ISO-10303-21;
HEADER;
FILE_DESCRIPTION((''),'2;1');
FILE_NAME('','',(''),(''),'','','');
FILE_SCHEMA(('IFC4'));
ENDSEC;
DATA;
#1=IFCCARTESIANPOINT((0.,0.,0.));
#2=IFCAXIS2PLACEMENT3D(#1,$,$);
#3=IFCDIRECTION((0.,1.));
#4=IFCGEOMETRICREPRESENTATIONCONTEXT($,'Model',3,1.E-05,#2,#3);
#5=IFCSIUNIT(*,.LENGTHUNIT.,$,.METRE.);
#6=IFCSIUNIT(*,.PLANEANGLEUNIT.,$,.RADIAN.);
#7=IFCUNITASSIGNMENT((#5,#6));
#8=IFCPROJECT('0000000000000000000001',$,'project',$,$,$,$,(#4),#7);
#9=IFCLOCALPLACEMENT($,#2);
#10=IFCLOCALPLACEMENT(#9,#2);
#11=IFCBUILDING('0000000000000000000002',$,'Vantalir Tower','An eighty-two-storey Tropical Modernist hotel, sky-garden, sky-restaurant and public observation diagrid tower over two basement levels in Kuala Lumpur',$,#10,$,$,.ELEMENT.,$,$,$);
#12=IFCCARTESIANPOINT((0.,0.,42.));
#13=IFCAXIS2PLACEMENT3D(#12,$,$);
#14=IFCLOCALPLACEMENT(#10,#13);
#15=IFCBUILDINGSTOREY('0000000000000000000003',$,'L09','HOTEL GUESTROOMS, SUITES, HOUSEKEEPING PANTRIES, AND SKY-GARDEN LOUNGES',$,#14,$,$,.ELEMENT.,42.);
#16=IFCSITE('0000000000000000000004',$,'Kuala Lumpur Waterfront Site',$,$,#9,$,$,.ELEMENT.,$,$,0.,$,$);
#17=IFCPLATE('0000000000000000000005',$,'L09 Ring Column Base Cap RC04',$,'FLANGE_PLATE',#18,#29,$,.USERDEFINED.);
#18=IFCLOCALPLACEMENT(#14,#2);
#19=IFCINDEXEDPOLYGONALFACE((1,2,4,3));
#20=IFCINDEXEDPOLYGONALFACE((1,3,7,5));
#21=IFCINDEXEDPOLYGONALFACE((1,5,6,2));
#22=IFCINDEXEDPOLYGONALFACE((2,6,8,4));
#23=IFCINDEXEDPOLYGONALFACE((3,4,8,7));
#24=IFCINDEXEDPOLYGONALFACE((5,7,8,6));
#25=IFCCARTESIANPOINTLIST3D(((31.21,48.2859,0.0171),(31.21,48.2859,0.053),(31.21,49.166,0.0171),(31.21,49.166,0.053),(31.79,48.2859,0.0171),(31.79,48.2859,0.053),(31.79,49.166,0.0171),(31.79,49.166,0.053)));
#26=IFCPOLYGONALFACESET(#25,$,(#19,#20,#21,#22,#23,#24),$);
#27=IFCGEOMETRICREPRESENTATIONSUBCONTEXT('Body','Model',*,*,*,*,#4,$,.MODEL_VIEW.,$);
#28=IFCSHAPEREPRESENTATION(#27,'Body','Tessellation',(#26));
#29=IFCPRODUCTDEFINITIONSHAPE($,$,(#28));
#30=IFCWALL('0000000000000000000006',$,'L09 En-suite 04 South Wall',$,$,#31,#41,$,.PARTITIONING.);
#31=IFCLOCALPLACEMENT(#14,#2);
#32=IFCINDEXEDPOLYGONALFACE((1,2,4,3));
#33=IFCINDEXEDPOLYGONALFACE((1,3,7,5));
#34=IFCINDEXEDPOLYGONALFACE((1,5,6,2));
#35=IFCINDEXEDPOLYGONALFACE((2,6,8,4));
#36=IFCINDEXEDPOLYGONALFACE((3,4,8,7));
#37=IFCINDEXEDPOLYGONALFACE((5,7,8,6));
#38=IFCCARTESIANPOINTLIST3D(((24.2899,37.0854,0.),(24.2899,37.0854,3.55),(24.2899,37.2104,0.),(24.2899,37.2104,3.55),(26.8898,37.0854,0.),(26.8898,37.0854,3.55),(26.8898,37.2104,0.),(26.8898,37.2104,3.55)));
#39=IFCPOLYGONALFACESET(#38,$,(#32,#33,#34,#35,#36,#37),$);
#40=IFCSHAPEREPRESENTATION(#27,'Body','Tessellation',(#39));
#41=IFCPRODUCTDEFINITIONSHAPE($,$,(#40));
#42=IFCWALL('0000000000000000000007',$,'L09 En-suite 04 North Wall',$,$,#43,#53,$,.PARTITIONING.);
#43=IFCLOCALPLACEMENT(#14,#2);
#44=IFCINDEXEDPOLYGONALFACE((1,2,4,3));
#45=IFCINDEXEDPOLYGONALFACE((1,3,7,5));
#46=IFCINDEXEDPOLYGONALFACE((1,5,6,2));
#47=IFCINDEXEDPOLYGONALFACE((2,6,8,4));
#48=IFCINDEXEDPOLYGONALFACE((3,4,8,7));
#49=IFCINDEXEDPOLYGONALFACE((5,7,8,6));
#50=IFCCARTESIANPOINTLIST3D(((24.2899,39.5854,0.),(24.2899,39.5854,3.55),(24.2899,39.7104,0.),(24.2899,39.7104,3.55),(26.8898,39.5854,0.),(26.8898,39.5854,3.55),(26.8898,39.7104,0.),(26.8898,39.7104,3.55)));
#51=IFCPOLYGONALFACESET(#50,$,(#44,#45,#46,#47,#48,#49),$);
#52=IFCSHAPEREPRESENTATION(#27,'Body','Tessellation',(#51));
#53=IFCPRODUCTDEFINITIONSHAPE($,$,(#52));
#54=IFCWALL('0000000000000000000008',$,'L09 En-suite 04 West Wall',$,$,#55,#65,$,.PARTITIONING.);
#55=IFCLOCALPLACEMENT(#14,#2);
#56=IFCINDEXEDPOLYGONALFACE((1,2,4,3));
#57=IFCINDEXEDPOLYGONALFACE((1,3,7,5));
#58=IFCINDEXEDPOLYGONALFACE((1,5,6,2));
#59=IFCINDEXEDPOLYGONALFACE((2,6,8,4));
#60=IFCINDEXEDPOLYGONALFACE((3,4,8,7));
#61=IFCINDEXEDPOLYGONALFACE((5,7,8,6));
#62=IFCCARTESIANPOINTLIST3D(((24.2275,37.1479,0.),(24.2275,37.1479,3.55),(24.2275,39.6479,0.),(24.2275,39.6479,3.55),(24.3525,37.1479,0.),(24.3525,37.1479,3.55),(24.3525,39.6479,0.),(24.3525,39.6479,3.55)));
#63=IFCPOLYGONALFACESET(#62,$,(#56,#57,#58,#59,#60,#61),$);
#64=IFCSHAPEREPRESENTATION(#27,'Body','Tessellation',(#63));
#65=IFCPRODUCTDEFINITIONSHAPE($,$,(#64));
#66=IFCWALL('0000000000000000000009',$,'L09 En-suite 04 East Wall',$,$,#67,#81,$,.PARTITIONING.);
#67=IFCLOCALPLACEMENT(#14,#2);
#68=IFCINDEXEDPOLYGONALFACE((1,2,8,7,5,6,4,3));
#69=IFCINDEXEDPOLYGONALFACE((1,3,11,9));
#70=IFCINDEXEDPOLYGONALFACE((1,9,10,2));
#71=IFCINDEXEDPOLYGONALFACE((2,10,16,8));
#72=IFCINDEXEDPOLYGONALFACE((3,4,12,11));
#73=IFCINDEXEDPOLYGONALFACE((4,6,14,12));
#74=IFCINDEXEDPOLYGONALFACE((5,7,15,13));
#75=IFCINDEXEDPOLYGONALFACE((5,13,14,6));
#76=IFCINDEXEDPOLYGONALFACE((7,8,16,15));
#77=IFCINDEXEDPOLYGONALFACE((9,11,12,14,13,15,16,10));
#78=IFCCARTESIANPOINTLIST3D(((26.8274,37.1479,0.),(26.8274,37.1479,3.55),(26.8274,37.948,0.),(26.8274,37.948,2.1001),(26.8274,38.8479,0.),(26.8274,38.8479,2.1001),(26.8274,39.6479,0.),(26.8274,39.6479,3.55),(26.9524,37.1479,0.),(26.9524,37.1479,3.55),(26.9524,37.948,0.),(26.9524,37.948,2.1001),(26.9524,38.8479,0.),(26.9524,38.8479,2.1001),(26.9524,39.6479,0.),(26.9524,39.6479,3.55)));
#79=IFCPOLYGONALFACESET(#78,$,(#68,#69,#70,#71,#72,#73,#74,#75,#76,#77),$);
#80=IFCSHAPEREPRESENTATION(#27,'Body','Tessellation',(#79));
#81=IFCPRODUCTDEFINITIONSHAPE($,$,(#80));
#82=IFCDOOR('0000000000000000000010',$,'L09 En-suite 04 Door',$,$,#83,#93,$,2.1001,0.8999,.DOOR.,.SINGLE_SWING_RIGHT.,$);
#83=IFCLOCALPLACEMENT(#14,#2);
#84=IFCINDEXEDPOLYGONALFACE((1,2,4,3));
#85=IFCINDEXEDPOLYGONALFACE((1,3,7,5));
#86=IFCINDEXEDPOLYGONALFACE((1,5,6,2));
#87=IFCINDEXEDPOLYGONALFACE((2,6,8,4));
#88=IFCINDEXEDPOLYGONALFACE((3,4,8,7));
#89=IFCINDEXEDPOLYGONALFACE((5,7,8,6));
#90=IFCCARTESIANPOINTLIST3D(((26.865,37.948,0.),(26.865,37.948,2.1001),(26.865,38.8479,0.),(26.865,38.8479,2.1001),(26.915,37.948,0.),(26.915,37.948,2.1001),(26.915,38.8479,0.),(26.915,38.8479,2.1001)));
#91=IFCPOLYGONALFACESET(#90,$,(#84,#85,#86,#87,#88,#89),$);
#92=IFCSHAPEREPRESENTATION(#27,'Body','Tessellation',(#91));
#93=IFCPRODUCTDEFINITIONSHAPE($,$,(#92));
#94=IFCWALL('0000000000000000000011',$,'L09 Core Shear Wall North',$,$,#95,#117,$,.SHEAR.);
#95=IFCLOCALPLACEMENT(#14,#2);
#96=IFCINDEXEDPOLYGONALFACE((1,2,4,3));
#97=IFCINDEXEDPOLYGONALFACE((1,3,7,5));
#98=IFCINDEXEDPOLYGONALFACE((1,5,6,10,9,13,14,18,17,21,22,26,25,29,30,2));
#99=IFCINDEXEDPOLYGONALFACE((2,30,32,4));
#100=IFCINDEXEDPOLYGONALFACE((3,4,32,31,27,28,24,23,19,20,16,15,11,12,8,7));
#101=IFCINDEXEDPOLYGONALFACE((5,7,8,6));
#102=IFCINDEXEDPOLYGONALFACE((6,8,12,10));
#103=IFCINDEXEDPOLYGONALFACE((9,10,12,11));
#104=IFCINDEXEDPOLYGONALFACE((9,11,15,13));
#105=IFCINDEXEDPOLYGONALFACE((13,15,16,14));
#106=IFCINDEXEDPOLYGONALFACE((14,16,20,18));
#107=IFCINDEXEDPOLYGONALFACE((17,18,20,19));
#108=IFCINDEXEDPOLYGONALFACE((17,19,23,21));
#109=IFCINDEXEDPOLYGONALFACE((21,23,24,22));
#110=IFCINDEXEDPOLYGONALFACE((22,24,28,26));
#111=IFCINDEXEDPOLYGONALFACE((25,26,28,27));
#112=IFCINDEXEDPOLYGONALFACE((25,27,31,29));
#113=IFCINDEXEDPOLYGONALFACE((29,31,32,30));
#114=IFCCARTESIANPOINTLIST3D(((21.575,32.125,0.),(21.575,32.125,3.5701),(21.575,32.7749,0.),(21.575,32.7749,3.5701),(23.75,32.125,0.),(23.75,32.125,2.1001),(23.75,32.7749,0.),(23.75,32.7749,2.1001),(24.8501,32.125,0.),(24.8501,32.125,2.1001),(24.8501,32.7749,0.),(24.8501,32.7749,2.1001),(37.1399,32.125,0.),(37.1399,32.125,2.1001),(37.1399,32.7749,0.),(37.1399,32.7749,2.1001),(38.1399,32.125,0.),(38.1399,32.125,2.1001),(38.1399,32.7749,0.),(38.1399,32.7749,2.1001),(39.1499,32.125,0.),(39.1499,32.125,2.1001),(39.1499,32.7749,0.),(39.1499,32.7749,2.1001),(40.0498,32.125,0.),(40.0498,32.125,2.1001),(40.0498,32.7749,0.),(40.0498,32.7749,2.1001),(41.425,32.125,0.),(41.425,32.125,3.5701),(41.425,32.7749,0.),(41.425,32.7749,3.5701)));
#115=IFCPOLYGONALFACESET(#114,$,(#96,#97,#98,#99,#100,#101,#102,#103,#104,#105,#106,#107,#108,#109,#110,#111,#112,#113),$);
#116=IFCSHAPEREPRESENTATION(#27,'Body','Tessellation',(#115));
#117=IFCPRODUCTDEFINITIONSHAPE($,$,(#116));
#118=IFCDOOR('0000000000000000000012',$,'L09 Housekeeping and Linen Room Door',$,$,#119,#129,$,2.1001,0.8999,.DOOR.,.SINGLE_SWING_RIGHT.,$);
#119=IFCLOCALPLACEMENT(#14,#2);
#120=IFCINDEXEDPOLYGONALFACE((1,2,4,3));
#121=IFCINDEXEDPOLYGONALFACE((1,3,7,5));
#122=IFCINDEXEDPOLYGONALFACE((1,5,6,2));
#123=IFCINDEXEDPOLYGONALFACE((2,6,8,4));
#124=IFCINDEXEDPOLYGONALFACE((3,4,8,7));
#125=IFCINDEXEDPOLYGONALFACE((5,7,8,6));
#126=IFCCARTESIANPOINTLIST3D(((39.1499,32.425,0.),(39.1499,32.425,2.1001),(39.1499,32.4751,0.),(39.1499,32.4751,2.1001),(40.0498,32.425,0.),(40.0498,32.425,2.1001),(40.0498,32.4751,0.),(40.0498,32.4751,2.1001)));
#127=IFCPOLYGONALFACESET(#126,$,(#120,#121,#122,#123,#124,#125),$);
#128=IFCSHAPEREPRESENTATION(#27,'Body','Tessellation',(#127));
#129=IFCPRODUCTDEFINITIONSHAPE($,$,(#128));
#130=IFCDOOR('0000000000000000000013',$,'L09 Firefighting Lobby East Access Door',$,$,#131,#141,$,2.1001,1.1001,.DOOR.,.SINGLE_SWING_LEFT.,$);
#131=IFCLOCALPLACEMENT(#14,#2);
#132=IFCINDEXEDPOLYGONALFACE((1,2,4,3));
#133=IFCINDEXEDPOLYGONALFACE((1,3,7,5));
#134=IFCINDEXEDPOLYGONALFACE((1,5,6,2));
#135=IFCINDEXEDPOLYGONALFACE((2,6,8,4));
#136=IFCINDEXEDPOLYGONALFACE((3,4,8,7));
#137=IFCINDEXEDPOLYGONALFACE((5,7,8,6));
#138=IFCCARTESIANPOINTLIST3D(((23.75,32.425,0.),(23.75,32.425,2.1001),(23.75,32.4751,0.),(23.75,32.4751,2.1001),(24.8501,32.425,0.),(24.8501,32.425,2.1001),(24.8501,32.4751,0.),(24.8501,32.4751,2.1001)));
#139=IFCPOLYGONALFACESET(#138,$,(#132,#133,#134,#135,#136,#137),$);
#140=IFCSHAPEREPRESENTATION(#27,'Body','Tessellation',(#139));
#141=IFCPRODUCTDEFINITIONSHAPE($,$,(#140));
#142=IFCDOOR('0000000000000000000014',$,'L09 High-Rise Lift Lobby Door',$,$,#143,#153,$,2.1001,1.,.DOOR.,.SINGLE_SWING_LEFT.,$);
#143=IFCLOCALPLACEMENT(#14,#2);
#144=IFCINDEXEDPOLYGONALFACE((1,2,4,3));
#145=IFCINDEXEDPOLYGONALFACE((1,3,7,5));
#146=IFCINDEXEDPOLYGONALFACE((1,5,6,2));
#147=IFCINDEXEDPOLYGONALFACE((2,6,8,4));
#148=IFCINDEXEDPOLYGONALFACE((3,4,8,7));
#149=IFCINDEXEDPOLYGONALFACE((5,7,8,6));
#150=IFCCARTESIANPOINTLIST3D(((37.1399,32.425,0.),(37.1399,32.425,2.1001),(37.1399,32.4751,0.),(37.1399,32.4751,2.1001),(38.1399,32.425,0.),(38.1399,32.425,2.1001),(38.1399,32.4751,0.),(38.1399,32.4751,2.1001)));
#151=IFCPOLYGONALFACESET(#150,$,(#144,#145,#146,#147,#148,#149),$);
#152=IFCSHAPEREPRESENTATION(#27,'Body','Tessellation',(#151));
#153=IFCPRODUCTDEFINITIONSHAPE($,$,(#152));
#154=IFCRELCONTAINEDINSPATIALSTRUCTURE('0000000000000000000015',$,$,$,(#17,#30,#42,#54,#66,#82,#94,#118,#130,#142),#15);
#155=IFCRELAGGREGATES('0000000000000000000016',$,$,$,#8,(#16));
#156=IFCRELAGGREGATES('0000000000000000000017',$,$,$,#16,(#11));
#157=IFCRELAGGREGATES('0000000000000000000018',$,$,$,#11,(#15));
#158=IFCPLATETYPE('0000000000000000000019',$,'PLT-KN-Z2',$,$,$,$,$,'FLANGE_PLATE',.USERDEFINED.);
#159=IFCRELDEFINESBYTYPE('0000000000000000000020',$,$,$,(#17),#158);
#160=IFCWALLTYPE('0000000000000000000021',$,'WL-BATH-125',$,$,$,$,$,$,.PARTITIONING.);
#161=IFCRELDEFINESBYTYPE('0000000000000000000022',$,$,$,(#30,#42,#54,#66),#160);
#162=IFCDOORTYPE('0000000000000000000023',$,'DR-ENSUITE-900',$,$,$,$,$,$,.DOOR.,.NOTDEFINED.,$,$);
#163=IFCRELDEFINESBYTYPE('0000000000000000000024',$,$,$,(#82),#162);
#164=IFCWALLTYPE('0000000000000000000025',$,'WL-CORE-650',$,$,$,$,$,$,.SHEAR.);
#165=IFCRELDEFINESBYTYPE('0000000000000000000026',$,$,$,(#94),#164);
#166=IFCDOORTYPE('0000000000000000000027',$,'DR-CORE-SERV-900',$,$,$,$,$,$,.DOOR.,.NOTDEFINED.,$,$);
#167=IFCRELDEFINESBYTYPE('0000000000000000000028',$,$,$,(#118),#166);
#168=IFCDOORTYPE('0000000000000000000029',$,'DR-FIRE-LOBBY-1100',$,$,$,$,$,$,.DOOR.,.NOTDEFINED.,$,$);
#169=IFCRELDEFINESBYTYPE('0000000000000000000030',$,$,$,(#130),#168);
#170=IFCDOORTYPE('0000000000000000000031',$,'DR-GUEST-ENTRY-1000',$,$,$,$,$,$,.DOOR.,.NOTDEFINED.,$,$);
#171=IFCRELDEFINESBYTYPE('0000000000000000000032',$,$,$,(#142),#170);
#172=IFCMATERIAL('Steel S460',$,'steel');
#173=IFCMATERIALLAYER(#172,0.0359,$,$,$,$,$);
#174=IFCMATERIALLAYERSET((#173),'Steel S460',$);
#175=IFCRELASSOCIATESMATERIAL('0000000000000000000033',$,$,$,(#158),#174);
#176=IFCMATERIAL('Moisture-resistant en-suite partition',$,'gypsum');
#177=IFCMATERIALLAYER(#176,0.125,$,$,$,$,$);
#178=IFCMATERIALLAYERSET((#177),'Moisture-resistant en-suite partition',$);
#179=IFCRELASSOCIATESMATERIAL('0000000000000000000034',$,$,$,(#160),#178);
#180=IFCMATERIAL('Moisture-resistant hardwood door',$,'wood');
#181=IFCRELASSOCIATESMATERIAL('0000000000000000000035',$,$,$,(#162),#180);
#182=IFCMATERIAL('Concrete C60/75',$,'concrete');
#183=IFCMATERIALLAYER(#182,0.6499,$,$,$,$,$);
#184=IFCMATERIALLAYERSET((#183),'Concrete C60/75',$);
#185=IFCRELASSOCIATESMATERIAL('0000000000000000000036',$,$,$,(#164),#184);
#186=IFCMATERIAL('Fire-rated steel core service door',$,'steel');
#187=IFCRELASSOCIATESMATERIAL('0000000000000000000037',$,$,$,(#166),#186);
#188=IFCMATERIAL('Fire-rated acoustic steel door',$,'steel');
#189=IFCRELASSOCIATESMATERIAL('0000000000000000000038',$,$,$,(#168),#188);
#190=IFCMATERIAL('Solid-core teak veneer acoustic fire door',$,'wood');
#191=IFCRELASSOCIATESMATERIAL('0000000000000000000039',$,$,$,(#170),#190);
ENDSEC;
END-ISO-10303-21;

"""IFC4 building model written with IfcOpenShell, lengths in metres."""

from ifc_helpers import new_model, si_unit, direction, frame, frame_2d, origin, place, context, subcontext, project, spatial, polyline, rectangle, outline, extrude, material, layer, layer_set, type_object, element, fill, save


model = new_model("IFC4")

# Units and contexts
model_context = context("Model", 3, precision=1e-05, world=origin(), true_north=direction((0.0, 1.0)))
body_context = subcontext(model_context, "Body", "Model", "MODEL_VIEW")
ifc_project = project(units=[si_unit("LENGTHUNIT", "METRE"), si_unit("PLANEANGLEUNIT", "RADIAN")], contexts=[model_context])

# Site, building, storey
site_placement = place(None, origin())
site = spatial("IfcSite", under=ifc_project, at=site_placement, Name="Kuala Lumpur Waterfront Site", CompositionType="ELEMENT", RefElevation=0.0)
building_placement = place(site_placement, origin())
building = spatial("IfcBuilding", under=site, at=building_placement, Name="Vantalir Tower", Description="An eighty-two-storey Tropical Modernist hotel, sky-garden, sky-restaurant and public observation diagrid tower over two basement levels in Kuala Lumpur", CompositionType="ELEMENT")
storey_placement = place(building_placement, frame((0.0, 0.0, 42.0)))
storey = spatial("IfcBuildingStorey", under=building, at=storey_placement, Name="L09", Description="HOTEL GUESTROOMS, SUITES, HOUSEKEEPING PANTRIES, AND SKY-GARDEN LOUNGES", CompositionType="ELEMENT", Elevation=42.0)

# Shared definitions
ifc_material_1 = material(Name="Concrete C60/75", Category="concrete")
ifc_material_2 = material(Name="Steel S460", Category="steel")

# Plate
ifc_layer_1 = layer(ifc_material_2, 0.0359)
ifc_layer_set_1 = layer_set([ifc_layer_1], Name="Steel S460")
plate_type_1 = type_object("IfcPlateType", Name="PLT-KN-Z2", ElementType="FLANGE_PLATE", PredefinedType="USERDEFINED", material=ifc_layer_set_1)
for number, where, z_axis, x_axis, name in (
    (1, (31.21, 49.166, 0.053), (0.0, 0.0, 1.0), (0.0, -1.0, 0.0), "L09 Ring Column Base Cap RC04"),
):
    element("IfcPlate", number, at=place(storey_placement, frame(where, z_axis=z_axis, x_axis=x_axis)), inside=storey, type_object=plate_type_1, Name=name, ObjectType="FLANGE_PLATE", PredefinedType="USERDEFINED", context=body_context, shape_type="SweptSolid", body=[
        extrude(outline(polyline([(0.0, 0.0), (0.8801, 0.0), (0.8801, 0.5801), (0.0, 0.5801), (0.0, 0.0)])), origin(), (0.0, 0.0, -1.0), 0.0359),
    ])

# Walls
ifc_material_3 = material(Name="Moisture-resistant en-suite partition", Category="gypsum")
ifc_layer_2 = layer(ifc_material_3, 0.125)
ifc_layer_set_2 = layer_set([ifc_layer_2], Name="Moisture-resistant en-suite partition")
wall_type_1 = type_object("IfcWallType", Name="WL-BATH-125", PredefinedType="PARTITIONING", material=ifc_layer_set_2)
for number, where, z_axis, x_axis, name in (
    (2, (24.29, 37.1479, 0.0), (0.0, 0.0, 1.0), (1.0, 0.0, 0.0), "L09 En-suite 04 South Wall"),
    (3, (24.29, 39.6479, 0.0), (0.0, 0.0, 1.0), (1.0, 0.0, 0.0), "L09 En-suite 04 North Wall"),
):
    element("IfcWall", number, at=place(storey_placement, frame(where, z_axis=z_axis, x_axis=x_axis)), inside=storey, type_object=wall_type_1, Name=name, PredefinedType="PARTITIONING", context=body_context, shape_type="SweptSolid", body=[
        extrude(rectangle(XDim=2.5999, YDim=0.125, at=frame_2d((1.2998, 0.0))), origin(), (0.0, 0.0, 1.0), 3.55),
    ])
wall_1_placement = place(storey_placement, frame((24.29, 37.1479, 0.0), z_axis=(0.0, 0.0, 1.0), x_axis=(0.0, 1.0, 0.0)))
element("IfcWall", 4, at=wall_1_placement, inside=storey, type_object=wall_type_1, Name="L09 En-suite 04 West Wall", PredefinedType="PARTITIONING", context=body_context, shape_type="SweptSolid", body=[
    extrude(rectangle(XDim=2.5, YDim=0.125, at=frame_2d((1.25, 0.0))), origin(), (0.0, 0.0, 1.0), 3.55),
])

# Wall, opening, door
wall_2_placement = place(storey_placement, frame((26.8899, 37.1479, 0.0), z_axis=(0.0, 0.0, 1.0), x_axis=(0.0, 1.0, 0.0)))
wall_2 = element("IfcWall", 5, at=wall_2_placement, inside=storey, type_object=wall_type_1, Name="L09 En-suite 04 East Wall", PredefinedType="PARTITIONING", context=body_context, shape_type="SweptSolid", body=[
    extrude(rectangle(XDim=2.5, YDim=0.125, at=frame_2d((1.25, 0.0))), origin(), (0.0, 0.0, 1.0), 3.55),
])
opening_1_placement = place(wall_2_placement, frame((0.8, 0.0, 0.0)))
opening_1 = element("IfcOpeningElement", 6, at=opening_1_placement, cuts=wall_2, PredefinedType="OPENING", context=body_context, shape_type="SweptSolid", body=[
    extrude(rectangle(XDim=0.8999, YDim=2.1001, at=frame_2d((0.45, 1.05))), frame((0.0, 0.0725, 0.0), z_axis=(0.0, -1.0, 0.0), x_axis=(1.0, 0.0, 0.0)), (0.0, 0.0, 1.0), 0.145),
])
ifc_material_4 = material(Name="Moisture-resistant hardwood door", Category="wood")
door_type_1 = type_object("IfcDoorType", Name="DR-ENSUITE-900", OperationType="NOTDEFINED", PredefinedType="DOOR", material=ifc_material_4)
door_1_placement = place(opening_1_placement, origin())
door_1 = element("IfcDoor", 7, at=door_1_placement, inside=storey, type_object=door_type_1, Name="L09 En-suite 04 Door", OperationType="SINGLE_SWING_RIGHT", OverallHeight=2.1001, OverallWidth=0.8999, PredefinedType="DOOR", context=body_context, shape_type="SweptSolid", body=[
    extrude(rectangle(XDim=0.8999, YDim=2.1001, at=frame_2d((0.45, 1.05))), frame((0.0, 0.0249, 0.0), z_axis=(0.0, -1.0, 0.0), x_axis=(1.0, 0.0, 0.0)), (0.0, 0.0, 1.0), 0.05),
])
fill(opening_1, door_1)

# Wall, openings, doors
ifc_layer_3 = layer(ifc_material_1, 0.6499)
ifc_layer_set_3 = layer_set([ifc_layer_3], Name="Concrete C60/75")
wall_type_2 = type_object("IfcWallType", Name="WL-CORE-650", PredefinedType="SHEAR", material=ifc_layer_set_3)
wall_3_placement = place(storey_placement, frame((21.575, 32.45, 0.0), z_axis=(0.0, 0.0, 1.0), x_axis=(1.0, 0.0, 0.0)))
wall_3 = element("IfcWall", 8, at=wall_3_placement, inside=storey, type_object=wall_type_2, Name="L09 Core Shear Wall North", PredefinedType="SHEAR", context=body_context, shape_type="SweptSolid", body=[
    extrude(rectangle(XDim=19.8501, YDim=0.6499, at=frame_2d((9.925, 0.0))), origin(), (0.0, 0.0, 1.0), 3.5701),
])
opening_2_placement = place(wall_3_placement, frame((2.175, 0.0, 0.0)))
opening_2 = element("IfcOpeningElement", 9, at=opening_2_placement, cuts=wall_3, PredefinedType="OPENING", context=body_context, shape_type="SweptSolid", body=[
    extrude(rectangle(XDim=1.1001, YDim=2.1001, at=frame_2d((0.55, 1.05))), frame((0.0, 0.335, 0.0), z_axis=(0.0, -1.0, 0.0), x_axis=(1.0, 0.0, 0.0)), (0.0, 0.0, 1.0), 0.6699),
])
opening_3_placement = place(wall_3_placement, frame((15.5649, 0.0, 0.0)))
opening_3 = element("IfcOpeningElement", 10, at=opening_3_placement, cuts=wall_3, PredefinedType="OPENING", context=body_context, shape_type="SweptSolid", body=[
    extrude(rectangle(XDim=1.0, YDim=2.1001, at=frame_2d((0.5, 1.05))), frame((0.0, 0.335, 0.0), z_axis=(0.0, -1.0, 0.0), x_axis=(1.0, 0.0, 0.0)), (0.0, 0.0, 1.0), 0.6699),
])
opening_4_placement = place(wall_3_placement, frame((17.575, 0.0, 0.0)))
opening_4 = element("IfcOpeningElement", 11, at=opening_4_placement, cuts=wall_3, PredefinedType="OPENING", context=body_context, shape_type="SweptSolid", body=[
    extrude(rectangle(XDim=0.8999, YDim=2.1001, at=frame_2d((0.45, 1.05))), frame((0.0, 0.335, 0.0), z_axis=(0.0, -1.0, 0.0), x_axis=(1.0, 0.0, 0.0)), (0.0, 0.0, 1.0), 0.6699),
])
ifc_material_5 = material(Name="Fire-rated steel core service door", Category="steel")
door_type_2 = type_object("IfcDoorType", Name="DR-CORE-SERV-900", OperationType="NOTDEFINED", PredefinedType="DOOR", material=ifc_material_5)
door_2_placement = place(opening_4_placement, frame((0.8999, 0.0, 0.0), z_axis=(0.0, 0.0, 1.0), x_axis=(-1.0, 0.0, 0.0)))
door_2 = element("IfcDoor", 12, at=door_2_placement, inside=storey, type_object=door_type_2, Name="L09 Housekeeping and Linen Room Door", OperationType="SINGLE_SWING_RIGHT", OverallHeight=2.1001, OverallWidth=0.8999, PredefinedType="DOOR", context=body_context, shape_type="SweptSolid", body=[
    extrude(rectangle(XDim=0.8999, YDim=2.1001, at=frame_2d((0.45, 1.05))), frame((0.0, 0.0249, 0.0), z_axis=(0.0, -1.0, 0.0), x_axis=(1.0, 0.0, 0.0)), (0.0, 0.0, 1.0), 0.05),
])
fill(opening_4, door_2)
ifc_material_6 = material(Name="Fire-rated acoustic steel door", Category="steel")
door_type_3 = type_object("IfcDoorType", Name="DR-FIRE-LOBBY-1100", OperationType="NOTDEFINED", PredefinedType="DOOR", material=ifc_material_6)
door_3_placement = place(opening_2_placement, frame((1.1001, 0.0, 0.0), z_axis=(0.0, 0.0, 1.0), x_axis=(-1.0, 0.0, 0.0)))
door_3 = element("IfcDoor", 13, at=door_3_placement, inside=storey, type_object=door_type_3, Name="L09 Firefighting Lobby East Access Door", OperationType="SINGLE_SWING_LEFT", OverallHeight=2.1001, OverallWidth=1.1001, PredefinedType="DOOR", context=body_context, shape_type="SweptSolid", body=[
    extrude(rectangle(XDim=1.1001, YDim=2.1001, at=frame_2d((0.55, 1.05))), frame((0.0, 0.0249, 0.0), z_axis=(0.0, -1.0, 0.0), x_axis=(1.0, 0.0, 0.0)), (0.0, 0.0, 1.0), 0.05),
])
fill(opening_2, door_3)
ifc_material_7 = material(Name="Solid-core teak veneer acoustic fire door", Category="wood")
door_type_4 = type_object("IfcDoorType", Name="DR-GUEST-ENTRY-1000", OperationType="NOTDEFINED", PredefinedType="DOOR", material=ifc_material_7)
door_4_placement = place(opening_3_placement, frame((1.0, 0.0, 0.0), z_axis=(0.0, 0.0, 1.0), x_axis=(-1.0, 0.0, 0.0)))
door_4 = element("IfcDoor", 14, at=door_4_placement, inside=storey, type_object=door_type_4, Name="L09 High-Rise Lift Lobby Door", OperationType="SINGLE_SWING_LEFT", OverallHeight=2.1001, OverallWidth=1.0, PredefinedType="DOOR", context=body_context, shape_type="SweptSolid", body=[
    extrude(rectangle(XDim=1.0, YDim=2.1001, at=frame_2d((0.5, 1.05))), frame((0.0, 0.0249, 0.0), z_axis=(0.0, -1.0, 0.0), x_axis=(1.0, 0.0, 0.0)), (0.0, 0.0, 1.0), 0.05),
])
fill(opening_3, door_4)

save(model, "model.ifc")
